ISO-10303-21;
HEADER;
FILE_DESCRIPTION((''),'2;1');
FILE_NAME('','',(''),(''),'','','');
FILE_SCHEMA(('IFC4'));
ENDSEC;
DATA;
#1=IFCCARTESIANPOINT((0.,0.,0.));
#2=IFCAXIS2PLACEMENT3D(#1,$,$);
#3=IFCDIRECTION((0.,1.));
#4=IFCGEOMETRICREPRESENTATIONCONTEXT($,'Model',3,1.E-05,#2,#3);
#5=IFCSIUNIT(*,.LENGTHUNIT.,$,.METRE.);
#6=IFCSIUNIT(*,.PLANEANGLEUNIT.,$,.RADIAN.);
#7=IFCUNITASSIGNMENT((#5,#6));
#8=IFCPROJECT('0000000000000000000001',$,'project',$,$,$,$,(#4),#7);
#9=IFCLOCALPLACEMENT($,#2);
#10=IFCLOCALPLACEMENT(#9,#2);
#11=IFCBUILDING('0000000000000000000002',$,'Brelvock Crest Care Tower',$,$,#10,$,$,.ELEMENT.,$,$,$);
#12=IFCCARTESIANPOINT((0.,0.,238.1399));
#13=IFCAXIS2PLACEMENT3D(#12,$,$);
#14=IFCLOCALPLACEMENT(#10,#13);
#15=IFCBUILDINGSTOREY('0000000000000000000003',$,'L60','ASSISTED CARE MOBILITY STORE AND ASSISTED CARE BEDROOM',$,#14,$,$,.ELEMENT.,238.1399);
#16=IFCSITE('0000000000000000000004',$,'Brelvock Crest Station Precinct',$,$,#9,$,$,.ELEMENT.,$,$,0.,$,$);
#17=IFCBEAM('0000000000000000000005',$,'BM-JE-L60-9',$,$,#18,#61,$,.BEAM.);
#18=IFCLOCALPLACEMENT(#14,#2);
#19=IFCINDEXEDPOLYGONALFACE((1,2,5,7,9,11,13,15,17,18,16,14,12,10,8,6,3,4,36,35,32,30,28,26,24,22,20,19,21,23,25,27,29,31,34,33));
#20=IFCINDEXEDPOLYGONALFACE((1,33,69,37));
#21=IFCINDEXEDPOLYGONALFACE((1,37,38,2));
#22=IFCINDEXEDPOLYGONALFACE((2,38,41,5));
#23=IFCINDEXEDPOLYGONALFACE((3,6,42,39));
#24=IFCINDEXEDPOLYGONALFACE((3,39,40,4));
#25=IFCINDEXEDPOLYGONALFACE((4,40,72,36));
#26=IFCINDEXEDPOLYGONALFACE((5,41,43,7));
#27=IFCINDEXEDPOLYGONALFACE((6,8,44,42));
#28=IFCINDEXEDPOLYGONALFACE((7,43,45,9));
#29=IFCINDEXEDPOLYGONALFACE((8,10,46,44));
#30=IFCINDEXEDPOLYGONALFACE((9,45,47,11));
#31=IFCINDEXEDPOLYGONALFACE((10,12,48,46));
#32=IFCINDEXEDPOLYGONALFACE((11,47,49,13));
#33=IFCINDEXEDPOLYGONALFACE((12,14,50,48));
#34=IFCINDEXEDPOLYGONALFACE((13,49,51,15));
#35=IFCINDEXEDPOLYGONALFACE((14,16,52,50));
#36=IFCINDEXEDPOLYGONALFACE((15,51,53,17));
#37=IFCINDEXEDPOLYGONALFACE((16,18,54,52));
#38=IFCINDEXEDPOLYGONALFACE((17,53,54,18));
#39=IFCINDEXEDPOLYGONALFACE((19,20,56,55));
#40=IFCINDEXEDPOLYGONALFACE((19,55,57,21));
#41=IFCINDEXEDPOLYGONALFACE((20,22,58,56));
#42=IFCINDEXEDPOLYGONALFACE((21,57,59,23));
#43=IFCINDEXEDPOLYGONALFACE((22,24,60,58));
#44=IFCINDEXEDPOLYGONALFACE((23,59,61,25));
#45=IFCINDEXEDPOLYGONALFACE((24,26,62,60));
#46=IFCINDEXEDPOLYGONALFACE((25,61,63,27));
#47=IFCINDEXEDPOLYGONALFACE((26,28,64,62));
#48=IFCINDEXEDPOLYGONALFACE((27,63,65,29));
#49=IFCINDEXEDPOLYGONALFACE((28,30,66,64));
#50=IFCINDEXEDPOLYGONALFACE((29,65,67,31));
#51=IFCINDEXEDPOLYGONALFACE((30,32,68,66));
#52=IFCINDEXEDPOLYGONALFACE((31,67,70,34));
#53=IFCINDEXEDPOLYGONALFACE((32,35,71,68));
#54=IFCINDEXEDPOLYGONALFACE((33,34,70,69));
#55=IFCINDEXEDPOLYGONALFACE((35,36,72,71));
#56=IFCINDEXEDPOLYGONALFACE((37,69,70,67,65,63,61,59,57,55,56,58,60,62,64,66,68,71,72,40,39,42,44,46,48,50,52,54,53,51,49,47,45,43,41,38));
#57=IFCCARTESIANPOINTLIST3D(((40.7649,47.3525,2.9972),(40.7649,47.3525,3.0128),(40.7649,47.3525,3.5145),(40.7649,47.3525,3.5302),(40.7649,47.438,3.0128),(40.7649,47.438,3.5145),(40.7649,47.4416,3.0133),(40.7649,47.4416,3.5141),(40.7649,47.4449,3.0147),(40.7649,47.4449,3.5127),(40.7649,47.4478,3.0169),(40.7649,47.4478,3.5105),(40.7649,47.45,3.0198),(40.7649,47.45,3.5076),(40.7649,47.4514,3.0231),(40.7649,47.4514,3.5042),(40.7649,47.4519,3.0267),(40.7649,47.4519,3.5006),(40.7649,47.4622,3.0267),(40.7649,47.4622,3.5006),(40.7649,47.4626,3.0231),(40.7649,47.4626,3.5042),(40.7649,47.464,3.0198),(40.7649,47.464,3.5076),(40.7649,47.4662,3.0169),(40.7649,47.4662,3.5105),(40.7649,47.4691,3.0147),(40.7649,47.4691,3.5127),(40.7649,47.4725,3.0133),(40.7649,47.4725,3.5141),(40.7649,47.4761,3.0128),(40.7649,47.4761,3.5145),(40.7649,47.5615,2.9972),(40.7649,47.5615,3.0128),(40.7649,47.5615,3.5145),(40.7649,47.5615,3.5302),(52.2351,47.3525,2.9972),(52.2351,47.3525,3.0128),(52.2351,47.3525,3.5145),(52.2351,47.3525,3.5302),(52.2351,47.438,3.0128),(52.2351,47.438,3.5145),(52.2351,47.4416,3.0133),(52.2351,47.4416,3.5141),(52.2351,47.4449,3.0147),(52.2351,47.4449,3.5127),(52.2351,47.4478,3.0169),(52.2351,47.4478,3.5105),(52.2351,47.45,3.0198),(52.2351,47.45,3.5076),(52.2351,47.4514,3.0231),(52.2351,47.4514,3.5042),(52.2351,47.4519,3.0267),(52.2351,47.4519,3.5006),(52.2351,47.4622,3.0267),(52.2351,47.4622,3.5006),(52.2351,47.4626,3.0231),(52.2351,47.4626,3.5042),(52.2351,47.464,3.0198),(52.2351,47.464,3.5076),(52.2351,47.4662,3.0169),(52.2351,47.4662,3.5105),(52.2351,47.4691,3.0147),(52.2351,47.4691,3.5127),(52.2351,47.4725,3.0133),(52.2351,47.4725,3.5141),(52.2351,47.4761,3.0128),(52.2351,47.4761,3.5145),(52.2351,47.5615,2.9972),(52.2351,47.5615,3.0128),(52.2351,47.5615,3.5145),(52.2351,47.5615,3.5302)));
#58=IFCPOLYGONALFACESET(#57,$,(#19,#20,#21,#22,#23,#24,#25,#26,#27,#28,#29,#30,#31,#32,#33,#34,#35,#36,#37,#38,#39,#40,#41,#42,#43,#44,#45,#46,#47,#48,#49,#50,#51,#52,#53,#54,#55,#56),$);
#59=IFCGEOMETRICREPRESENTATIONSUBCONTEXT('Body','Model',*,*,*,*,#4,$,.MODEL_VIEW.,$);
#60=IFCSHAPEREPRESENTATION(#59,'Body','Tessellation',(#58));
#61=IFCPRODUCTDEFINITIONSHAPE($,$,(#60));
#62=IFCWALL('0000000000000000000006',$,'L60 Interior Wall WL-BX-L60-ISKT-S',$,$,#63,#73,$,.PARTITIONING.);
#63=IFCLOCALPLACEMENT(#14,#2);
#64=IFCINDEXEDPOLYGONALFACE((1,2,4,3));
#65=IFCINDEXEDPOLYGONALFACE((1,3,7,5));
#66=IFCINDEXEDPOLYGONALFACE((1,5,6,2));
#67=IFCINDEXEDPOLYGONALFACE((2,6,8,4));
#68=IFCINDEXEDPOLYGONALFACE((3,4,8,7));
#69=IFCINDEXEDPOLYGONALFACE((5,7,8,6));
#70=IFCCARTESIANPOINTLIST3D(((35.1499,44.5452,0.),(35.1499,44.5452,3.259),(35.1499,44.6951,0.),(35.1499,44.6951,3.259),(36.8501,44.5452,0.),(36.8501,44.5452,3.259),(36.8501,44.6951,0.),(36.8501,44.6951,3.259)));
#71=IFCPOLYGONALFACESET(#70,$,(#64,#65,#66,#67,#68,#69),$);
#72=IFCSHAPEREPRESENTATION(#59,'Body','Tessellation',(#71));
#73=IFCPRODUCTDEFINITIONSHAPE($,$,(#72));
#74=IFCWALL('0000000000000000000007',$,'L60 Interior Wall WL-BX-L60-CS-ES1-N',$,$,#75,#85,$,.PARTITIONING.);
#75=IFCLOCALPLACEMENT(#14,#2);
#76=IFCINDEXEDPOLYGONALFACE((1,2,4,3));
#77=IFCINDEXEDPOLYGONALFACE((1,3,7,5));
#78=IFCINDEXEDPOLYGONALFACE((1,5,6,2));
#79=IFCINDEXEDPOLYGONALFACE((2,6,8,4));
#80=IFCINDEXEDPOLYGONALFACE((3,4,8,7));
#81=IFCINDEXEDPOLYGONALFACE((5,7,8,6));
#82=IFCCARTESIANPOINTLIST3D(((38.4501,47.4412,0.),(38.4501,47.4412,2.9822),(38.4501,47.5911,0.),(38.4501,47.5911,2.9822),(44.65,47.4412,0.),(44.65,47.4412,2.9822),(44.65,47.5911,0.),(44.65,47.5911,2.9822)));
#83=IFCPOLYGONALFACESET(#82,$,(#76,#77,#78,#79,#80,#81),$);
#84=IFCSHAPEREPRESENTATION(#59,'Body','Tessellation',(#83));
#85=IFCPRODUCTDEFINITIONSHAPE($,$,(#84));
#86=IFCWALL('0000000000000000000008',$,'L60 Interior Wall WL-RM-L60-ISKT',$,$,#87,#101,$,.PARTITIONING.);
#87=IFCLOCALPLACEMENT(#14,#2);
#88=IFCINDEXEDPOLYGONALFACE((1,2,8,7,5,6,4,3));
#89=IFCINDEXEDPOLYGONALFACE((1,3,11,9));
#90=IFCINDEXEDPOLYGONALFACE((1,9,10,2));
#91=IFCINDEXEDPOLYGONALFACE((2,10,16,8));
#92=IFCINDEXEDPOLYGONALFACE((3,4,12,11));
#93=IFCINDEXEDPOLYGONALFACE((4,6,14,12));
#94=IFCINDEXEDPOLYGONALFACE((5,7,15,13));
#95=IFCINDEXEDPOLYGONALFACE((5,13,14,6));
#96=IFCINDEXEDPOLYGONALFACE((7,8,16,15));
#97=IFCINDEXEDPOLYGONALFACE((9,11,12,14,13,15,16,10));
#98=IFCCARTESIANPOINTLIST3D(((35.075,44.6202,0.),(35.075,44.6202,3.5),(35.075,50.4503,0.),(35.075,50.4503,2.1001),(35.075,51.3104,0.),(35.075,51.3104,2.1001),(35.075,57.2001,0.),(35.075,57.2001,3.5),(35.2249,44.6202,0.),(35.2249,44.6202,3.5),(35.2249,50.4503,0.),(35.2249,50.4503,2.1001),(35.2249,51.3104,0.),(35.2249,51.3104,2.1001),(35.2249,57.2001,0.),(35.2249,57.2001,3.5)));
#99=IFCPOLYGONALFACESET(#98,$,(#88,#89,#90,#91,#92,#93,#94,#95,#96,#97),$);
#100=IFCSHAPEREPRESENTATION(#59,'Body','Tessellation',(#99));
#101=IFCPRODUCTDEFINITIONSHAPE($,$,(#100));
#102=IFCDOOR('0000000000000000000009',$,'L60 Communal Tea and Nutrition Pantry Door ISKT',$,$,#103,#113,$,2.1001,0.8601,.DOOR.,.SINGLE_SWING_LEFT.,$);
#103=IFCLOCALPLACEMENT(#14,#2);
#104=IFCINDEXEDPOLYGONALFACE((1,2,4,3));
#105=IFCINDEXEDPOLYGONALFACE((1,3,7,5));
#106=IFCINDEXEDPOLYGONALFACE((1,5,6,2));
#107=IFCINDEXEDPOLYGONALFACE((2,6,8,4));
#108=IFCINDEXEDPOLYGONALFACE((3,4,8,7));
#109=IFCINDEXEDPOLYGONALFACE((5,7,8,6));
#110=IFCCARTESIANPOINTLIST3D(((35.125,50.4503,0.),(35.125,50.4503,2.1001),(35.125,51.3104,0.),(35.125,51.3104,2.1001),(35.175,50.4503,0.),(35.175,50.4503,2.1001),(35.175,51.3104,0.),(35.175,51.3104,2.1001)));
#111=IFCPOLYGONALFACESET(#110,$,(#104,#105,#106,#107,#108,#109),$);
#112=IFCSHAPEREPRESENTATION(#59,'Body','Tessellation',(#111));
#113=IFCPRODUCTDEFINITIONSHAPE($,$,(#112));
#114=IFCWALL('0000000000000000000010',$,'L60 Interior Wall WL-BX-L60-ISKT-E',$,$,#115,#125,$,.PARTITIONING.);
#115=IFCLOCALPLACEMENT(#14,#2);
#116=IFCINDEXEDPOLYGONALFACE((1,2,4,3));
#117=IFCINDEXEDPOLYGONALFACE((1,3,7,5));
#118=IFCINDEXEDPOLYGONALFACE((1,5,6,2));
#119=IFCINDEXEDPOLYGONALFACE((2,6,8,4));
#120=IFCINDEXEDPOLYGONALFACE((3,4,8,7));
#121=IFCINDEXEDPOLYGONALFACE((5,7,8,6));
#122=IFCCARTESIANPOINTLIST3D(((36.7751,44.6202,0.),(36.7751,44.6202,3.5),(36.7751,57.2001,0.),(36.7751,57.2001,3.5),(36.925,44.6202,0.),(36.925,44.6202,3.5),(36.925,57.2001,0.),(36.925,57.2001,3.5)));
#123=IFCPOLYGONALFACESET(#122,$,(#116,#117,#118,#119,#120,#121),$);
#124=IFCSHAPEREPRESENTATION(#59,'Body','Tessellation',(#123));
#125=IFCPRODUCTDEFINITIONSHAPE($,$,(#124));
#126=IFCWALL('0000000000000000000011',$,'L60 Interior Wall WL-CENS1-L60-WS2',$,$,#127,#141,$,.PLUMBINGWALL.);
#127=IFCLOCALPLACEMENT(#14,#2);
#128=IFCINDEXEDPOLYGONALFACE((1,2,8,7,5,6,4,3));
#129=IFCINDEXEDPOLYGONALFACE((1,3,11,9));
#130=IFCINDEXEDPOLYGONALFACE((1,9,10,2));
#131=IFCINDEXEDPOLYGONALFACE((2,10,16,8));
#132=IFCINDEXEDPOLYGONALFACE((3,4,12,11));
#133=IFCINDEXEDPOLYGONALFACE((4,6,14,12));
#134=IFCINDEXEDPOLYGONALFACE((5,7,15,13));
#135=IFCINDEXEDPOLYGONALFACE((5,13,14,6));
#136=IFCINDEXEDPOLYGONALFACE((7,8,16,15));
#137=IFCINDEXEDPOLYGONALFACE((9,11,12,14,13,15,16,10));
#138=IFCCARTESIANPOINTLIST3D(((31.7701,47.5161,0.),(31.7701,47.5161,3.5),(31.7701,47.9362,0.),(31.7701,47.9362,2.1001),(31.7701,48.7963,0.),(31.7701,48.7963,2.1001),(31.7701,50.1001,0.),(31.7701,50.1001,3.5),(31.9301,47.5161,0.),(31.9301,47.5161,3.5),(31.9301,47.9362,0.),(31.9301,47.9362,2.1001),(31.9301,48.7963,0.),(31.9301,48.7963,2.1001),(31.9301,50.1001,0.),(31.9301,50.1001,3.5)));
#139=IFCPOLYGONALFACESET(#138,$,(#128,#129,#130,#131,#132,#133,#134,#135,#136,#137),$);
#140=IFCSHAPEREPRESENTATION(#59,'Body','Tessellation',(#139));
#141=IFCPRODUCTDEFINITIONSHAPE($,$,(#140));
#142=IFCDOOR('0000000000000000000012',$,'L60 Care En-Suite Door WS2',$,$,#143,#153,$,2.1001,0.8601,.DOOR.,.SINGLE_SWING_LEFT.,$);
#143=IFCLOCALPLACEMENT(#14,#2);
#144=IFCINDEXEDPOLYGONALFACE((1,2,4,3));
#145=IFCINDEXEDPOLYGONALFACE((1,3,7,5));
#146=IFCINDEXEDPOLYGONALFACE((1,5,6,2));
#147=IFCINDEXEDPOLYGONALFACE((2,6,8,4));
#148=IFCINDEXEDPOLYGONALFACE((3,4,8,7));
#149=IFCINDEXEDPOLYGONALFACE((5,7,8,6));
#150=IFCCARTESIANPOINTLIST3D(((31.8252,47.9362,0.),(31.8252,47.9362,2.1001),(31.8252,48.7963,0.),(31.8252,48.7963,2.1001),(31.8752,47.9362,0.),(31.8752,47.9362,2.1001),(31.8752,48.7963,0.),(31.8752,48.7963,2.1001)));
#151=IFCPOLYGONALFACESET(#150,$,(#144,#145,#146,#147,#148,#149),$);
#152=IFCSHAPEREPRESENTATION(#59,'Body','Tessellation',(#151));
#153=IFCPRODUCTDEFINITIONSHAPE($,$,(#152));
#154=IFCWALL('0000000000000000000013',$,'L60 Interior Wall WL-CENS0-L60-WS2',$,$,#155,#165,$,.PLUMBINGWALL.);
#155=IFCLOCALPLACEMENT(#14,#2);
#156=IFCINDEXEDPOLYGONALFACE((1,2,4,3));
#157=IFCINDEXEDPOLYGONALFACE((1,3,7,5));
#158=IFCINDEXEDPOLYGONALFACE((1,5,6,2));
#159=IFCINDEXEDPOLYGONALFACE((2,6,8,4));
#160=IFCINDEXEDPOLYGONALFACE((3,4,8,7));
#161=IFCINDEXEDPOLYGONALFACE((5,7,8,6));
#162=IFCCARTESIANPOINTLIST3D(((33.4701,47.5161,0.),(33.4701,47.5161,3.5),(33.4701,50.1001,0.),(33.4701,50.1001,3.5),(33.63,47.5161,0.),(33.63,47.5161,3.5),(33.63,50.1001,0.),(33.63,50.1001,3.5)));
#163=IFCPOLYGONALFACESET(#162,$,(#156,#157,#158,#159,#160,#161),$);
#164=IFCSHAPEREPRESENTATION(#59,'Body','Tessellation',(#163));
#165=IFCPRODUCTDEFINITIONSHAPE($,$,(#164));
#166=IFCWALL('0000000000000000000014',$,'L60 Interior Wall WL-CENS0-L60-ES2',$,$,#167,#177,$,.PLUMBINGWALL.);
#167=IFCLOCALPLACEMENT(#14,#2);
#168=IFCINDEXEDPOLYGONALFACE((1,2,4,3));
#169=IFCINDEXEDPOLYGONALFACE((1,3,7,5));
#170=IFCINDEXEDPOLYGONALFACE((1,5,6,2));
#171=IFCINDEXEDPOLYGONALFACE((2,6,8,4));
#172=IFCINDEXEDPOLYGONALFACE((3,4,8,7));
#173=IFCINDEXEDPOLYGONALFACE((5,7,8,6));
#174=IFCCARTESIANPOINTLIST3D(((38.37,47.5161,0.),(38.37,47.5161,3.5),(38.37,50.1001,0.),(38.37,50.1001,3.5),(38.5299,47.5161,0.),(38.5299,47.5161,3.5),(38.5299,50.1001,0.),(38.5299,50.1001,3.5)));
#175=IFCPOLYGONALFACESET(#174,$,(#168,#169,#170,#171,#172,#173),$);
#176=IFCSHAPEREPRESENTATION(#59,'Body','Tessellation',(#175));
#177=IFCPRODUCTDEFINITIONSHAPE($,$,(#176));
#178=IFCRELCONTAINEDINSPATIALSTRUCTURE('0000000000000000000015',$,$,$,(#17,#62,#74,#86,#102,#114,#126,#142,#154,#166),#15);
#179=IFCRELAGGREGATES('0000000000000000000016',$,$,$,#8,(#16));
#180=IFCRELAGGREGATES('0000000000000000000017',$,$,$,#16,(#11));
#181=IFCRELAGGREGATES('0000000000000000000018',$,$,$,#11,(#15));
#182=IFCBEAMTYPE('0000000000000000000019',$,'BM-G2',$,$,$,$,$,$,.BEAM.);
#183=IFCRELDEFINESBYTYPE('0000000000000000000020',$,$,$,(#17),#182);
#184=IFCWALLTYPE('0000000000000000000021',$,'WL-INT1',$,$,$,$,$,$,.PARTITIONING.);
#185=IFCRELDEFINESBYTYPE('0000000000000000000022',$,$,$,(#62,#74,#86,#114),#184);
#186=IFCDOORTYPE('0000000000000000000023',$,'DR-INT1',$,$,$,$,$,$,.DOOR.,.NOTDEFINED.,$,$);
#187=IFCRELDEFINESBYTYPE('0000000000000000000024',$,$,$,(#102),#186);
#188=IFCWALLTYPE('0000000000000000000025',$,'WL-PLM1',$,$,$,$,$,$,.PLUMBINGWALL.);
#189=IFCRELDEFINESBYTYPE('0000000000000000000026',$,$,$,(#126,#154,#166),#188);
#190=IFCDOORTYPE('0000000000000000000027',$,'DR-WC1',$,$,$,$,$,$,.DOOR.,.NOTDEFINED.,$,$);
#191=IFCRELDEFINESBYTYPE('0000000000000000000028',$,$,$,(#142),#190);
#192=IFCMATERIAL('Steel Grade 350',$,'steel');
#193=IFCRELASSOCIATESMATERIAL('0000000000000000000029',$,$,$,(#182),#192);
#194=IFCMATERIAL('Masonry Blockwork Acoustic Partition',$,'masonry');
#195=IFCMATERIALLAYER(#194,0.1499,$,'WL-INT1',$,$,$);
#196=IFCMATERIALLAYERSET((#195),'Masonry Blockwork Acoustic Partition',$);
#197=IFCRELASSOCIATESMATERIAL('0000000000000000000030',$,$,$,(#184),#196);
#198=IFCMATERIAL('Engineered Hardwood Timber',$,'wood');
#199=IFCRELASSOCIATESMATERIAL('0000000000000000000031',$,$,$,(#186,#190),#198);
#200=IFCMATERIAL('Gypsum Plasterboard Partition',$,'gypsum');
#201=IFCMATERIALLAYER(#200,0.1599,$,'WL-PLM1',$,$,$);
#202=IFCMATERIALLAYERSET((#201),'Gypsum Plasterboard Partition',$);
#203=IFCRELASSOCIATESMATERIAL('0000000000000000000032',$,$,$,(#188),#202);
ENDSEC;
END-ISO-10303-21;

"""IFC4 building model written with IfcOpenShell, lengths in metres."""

from ifc_helpers import new_model, si_unit, direction, frame, frame_2d, origin, origin_2d, place, context, subcontext, project, spatial, rectangle, i_section, extrude, source, transform, mapped, material, layer, layer_set, material_profile, profile_set, type_object, element, fill, save


model = new_model("IFC4")

# Units and contexts
model_context = context("Model", 3, precision=1e-05, world=origin(), true_north=direction((0.0, 1.0)))
body_context = subcontext(model_context, "Body", "Model", "MODEL_VIEW")
ifc_project = project(units=[si_unit("LENGTHUNIT", "METRE"), si_unit("PLANEANGLEUNIT", "RADIAN")], contexts=[model_context])

# Site, building, storey
site_placement = place(None, origin())
site = spatial("IfcSite", under=ifc_project, at=site_placement, Name="Brelvock Crest Station Precinct", CompositionType="ELEMENT", RefElevation=0.0)
building_placement = place(site_placement, origin())
building = spatial("IfcBuilding", under=site, at=building_placement, Name="Brelvock Crest Care Tower", CompositionType="ELEMENT")
storey_placement = place(building_placement, frame((0.0, 0.0, 238.1399)))
storey = spatial("IfcBuildingStorey", under=building, at=storey_placement, Name="L60", Description="ASSISTED CARE MOBILITY STORE AND ASSISTED CARE BEDROOM", CompositionType="ELEMENT", Elevation=238.1399)

# Beam
ifc_material_1 = material(Name="Steel Grade 350", Category="steel")
ifc_material_profile_1 = material_profile(ifc_material_1, i_section(OverallWidth=0.209, OverallDepth=0.533, WebThickness=0.0103, FlangeThickness=0.0156, FilletRadius=0.0139, at=origin_2d()), Name="530UB92.4")
ifc_profile_set_1 = profile_set([ifc_material_profile_1], Name="Steel Grade 350")
beam_type_1 = type_object("IfcBeamType", Name="BM-G2", PredefinedType="BEAM", material=ifc_profile_set_1)
shared_shape_1 = source(origin(), body_context, "Body", "SweptSolid", [
    extrude(i_section(OverallWidth=0.209, OverallDepth=0.533, WebThickness=0.0103, FlangeThickness=0.0156, FilletRadius=0.0139, at=origin_2d()), origin(), (0.0, 0.0, 1.0), 11.4702),
])
for number, where, z_axis, x_axis, name in (
    (1, (40.7649, 47.457, 3.2637), (1.0, 0.0, 0.0), (0.0, 1.0, 0.0), "BM-JE-L60-9"),
):
    element("IfcBeam", number, at=place(storey_placement, frame(where, z_axis=z_axis, x_axis=x_axis)), inside=storey, type_object=beam_type_1, Name=name, PredefinedType="BEAM", context=body_context, shape_type="MappedRepresentation", body=[
        mapped(shared_shape_1, transform((0.0, 0.0, 0.0), x_axis=(1.0, 0.0, 0.0), y_axis=(0.0, 1.0, 0.0), z_axis=(0.0, 0.0, 1.0), scale=1.0)),
    ])

# Walls
ifc_material_2 = material(Name="Masonry Blockwork Acoustic Partition", Category="masonry")
ifc_layer_1 = layer(ifc_material_2, 0.1499, Name="WL-INT1")
ifc_layer_set_1 = layer_set([ifc_layer_1], Name="Masonry Blockwork Acoustic Partition")
wall_type_1 = type_object("IfcWallType", Name="WL-INT1", PredefinedType="PARTITIONING", material=ifc_layer_set_1)
wall_1_placement = place(storey_placement, frame((35.1499, 44.6201, 0.0), z_axis=(0.0, 0.0, 1.0), x_axis=(1.0, 0.0, 0.0)))
element("IfcWall", 2, at=wall_1_placement, inside=storey, type_object=wall_type_1, Name="L60 Interior Wall WL-BX-L60-ISKT-S", PredefinedType="PARTITIONING", context=body_context, shape_type="SweptSolid", body=[
    extrude(rectangle(XDim=1.7002, YDim=0.1499, at=frame_2d((0.8501, 0.0))), origin(), (0.0, 0.0, 1.0), 3.259),
])
wall_2_placement = place(storey_placement, frame((38.45, 47.5161, 0.0), z_axis=(0.0, 0.0, 1.0), x_axis=(1.0, 0.0, 0.0)))
element("IfcWall", 3, at=wall_2_placement, inside=storey, type_object=wall_type_1, Name="L60 Interior Wall WL-BX-L60-CS-ES1-N", PredefinedType="PARTITIONING", context=body_context, shape_type="SweptSolid", body=[
    extrude(rectangle(XDim=6.2, YDim=0.1499, at=frame_2d((3.1001, 0.0))), origin(), (0.0, 0.0, 1.0), 2.9822),
])

# Wall, opening, door
wall_3_placement = place(storey_placement, frame((35.1499, 44.6201, 0.0), z_axis=(0.0, 0.0, 1.0), x_axis=(0.0, 1.0, 0.0)))
wall_3 = element("IfcWall", 4, at=wall_3_placement, inside=storey, type_object=wall_type_1, Name="L60 Interior Wall WL-RM-L60-ISKT", PredefinedType="PARTITIONING", context=body_context, shape_type="SweptSolid", body=[
    extrude(rectangle(XDim=12.5798, YDim=0.1499, at=frame_2d((6.29, 0.0))), origin(), (0.0, 0.0, 1.0), 3.5),
])
opening_1_placement = place(wall_3_placement, frame((5.8301, 0.0, 0.0)))
opening_1 = element("IfcOpeningElement", 5, at=opening_1_placement, cuts=wall_3, PredefinedType="OPENING", context=body_context, shape_type="SweptSolid", body=[
    extrude(rectangle(XDim=0.8601, YDim=2.1001, at=origin_2d()), frame((0.4302, 0.085, 1.05), z_axis=(0.0, -1.0, 0.0), x_axis=(1.0, 0.0, 0.0)), (0.0, 0.0, 1.0), 0.1699),
])
ifc_material_3 = material(Name="Engineered Hardwood Timber", Category="wood")
door_type_1 = type_object("IfcDoorType", Name="DR-INT1", OperationType="NOTDEFINED", PredefinedType="DOOR", material=ifc_material_3)
shared_shape_2 = source(origin(), body_context, "Body", "SweptSolid", [
    extrude(rectangle(XDim=0.8601, YDim=2.1001, at=origin_2d()), frame((0.4302, 0.0249, 1.05), z_axis=(0.0, -1.0, 0.0), x_axis=(1.0, 0.0, 0.0)), (0.0, 0.0, 1.0), 0.05),
])
door_1_placement = place(opening_1_placement, origin())
door_1 = element("IfcDoor", 6, at=door_1_placement, inside=storey, type_object=door_type_1, Name="L60 Communal Tea and Nutrition Pantry Door ISKT", OperationType="SINGLE_SWING_LEFT", OverallHeight=2.1001, OverallWidth=0.8601, PredefinedType="DOOR", context=body_context, shape_type="MappedRepresentation", body=[
    mapped(shared_shape_2, transform((0.0, 0.0, 0.0), x_axis=(1.0, 0.0, 0.0), y_axis=(0.0, 1.0, 0.0), z_axis=(0.0, 0.0, 1.0), scale=1.0)),
])
fill(opening_1, door_1)

# Wall
wall_4_placement = place(storey_placement, frame((36.8501, 44.6201, 0.0), z_axis=(0.0, 0.0, 1.0), x_axis=(0.0, 1.0, 0.0)))
element("IfcWall", 7, at=wall_4_placement, inside=storey, type_object=wall_type_1, Name="L60 Interior Wall WL-BX-L60-ISKT-E", PredefinedType="PARTITIONING", context=body_context, shape_type="SweptSolid", body=[
    extrude(rectangle(XDim=12.5798, YDim=0.1499, at=frame_2d((6.29, 0.0))), origin(), (0.0, 0.0, 1.0), 3.5),
])

# Wall, opening, door
ifc_material_4 = material(Name="Gypsum Plasterboard Partition", Category="gypsum")
ifc_layer_2 = layer(ifc_material_4, 0.1599, Name="WL-PLM1")
ifc_layer_set_2 = layer_set([ifc_layer_2], Name="Gypsum Plasterboard Partition")
wall_type_2 = type_object("IfcWallType", Name="WL-PLM1", PredefinedType="PLUMBINGWALL", material=ifc_layer_set_2)
wall_5_placement = place(storey_placement, frame((31.8501, 47.5161, 0.0), z_axis=(0.0, 0.0, 1.0), x_axis=(0.0, 1.0, 0.0)))
wall_5 = element("IfcWall", 8, at=wall_5_placement, inside=storey, type_object=wall_type_2, Name="L60 Interior Wall WL-CENS1-L60-WS2", PredefinedType="PLUMBINGWALL", context=body_context, shape_type="SweptSolid", body=[
    extrude(rectangle(XDim=2.584, YDim=0.1599, at=frame_2d((1.292, 0.0))), origin(), (0.0, 0.0, 1.0), 3.5),
])
opening_2_placement = place(wall_5_placement, frame((0.4199, 0.0, 0.0)))
opening_2 = element("IfcOpeningElement", 9, at=opening_2_placement, cuts=wall_5, PredefinedType="OPENING", context=body_context, shape_type="SweptSolid", body=[
    extrude(rectangle(XDim=0.8601, YDim=2.1001, at=origin_2d()), frame((0.4302, 0.0898, 1.05), z_axis=(0.0, -1.0, 0.0), x_axis=(1.0, 0.0, 0.0)), (0.0, 0.0, 1.0), 0.1799),
])
door_type_2 = type_object("IfcDoorType", Name="DR-WC1", OperationType="NOTDEFINED", PredefinedType="DOOR", material=ifc_material_3)
shared_shape_3 = source(origin(), body_context, "Body", "SweptSolid", [
    extrude(rectangle(XDim=0.8601, YDim=2.1001, at=origin_2d()), frame((0.4302, 0.0249, 1.05), z_axis=(0.0, -1.0, 0.0), x_axis=(1.0, 0.0, 0.0)), (0.0, 0.0, 1.0), 0.05),
])
door_2_placement = place(opening_2_placement, origin())
door_2 = element("IfcDoor", 10, at=door_2_placement, inside=storey, type_object=door_type_2, Name="L60 Care En-Suite Door WS2", OperationType="SINGLE_SWING_LEFT", OverallHeight=2.1001, OverallWidth=0.8601, PredefinedType="DOOR", context=body_context, shape_type="MappedRepresentation", body=[
    mapped(shared_shape_3, transform((0.0, 0.0, 0.0), x_axis=(1.0, 0.0, 0.0), y_axis=(0.0, 1.0, 0.0), z_axis=(0.0, 0.0, 1.0), scale=1.0)),
])
fill(opening_2, door_2)

# Walls
for number, where, z_axis, x_axis, name in (
    (11, (33.55, 47.5161, 0.0), (0.0, 0.0, 1.0), (0.0, 1.0, 0.0), "L60 Interior Wall WL-CENS0-L60-WS2"),
    (12, (38.45, 47.5161, 0.0), (0.0, 0.0, 1.0), (0.0, 1.0, 0.0), "L60 Interior Wall WL-CENS0-L60-ES2"),
):
    element("IfcWall", number, at=place(storey_placement, frame(where, z_axis=z_axis, x_axis=x_axis)), inside=storey, type_object=wall_type_2, Name=name, PredefinedType="PLUMBINGWALL", context=body_context, shape_type="SweptSolid", body=[
        extrude(rectangle(XDim=2.584, YDim=0.1599, at=frame_2d((1.292, 0.0))), origin(), (0.0, 0.0, 1.0), 3.5),
    ])

save(model, "model.ifc")
